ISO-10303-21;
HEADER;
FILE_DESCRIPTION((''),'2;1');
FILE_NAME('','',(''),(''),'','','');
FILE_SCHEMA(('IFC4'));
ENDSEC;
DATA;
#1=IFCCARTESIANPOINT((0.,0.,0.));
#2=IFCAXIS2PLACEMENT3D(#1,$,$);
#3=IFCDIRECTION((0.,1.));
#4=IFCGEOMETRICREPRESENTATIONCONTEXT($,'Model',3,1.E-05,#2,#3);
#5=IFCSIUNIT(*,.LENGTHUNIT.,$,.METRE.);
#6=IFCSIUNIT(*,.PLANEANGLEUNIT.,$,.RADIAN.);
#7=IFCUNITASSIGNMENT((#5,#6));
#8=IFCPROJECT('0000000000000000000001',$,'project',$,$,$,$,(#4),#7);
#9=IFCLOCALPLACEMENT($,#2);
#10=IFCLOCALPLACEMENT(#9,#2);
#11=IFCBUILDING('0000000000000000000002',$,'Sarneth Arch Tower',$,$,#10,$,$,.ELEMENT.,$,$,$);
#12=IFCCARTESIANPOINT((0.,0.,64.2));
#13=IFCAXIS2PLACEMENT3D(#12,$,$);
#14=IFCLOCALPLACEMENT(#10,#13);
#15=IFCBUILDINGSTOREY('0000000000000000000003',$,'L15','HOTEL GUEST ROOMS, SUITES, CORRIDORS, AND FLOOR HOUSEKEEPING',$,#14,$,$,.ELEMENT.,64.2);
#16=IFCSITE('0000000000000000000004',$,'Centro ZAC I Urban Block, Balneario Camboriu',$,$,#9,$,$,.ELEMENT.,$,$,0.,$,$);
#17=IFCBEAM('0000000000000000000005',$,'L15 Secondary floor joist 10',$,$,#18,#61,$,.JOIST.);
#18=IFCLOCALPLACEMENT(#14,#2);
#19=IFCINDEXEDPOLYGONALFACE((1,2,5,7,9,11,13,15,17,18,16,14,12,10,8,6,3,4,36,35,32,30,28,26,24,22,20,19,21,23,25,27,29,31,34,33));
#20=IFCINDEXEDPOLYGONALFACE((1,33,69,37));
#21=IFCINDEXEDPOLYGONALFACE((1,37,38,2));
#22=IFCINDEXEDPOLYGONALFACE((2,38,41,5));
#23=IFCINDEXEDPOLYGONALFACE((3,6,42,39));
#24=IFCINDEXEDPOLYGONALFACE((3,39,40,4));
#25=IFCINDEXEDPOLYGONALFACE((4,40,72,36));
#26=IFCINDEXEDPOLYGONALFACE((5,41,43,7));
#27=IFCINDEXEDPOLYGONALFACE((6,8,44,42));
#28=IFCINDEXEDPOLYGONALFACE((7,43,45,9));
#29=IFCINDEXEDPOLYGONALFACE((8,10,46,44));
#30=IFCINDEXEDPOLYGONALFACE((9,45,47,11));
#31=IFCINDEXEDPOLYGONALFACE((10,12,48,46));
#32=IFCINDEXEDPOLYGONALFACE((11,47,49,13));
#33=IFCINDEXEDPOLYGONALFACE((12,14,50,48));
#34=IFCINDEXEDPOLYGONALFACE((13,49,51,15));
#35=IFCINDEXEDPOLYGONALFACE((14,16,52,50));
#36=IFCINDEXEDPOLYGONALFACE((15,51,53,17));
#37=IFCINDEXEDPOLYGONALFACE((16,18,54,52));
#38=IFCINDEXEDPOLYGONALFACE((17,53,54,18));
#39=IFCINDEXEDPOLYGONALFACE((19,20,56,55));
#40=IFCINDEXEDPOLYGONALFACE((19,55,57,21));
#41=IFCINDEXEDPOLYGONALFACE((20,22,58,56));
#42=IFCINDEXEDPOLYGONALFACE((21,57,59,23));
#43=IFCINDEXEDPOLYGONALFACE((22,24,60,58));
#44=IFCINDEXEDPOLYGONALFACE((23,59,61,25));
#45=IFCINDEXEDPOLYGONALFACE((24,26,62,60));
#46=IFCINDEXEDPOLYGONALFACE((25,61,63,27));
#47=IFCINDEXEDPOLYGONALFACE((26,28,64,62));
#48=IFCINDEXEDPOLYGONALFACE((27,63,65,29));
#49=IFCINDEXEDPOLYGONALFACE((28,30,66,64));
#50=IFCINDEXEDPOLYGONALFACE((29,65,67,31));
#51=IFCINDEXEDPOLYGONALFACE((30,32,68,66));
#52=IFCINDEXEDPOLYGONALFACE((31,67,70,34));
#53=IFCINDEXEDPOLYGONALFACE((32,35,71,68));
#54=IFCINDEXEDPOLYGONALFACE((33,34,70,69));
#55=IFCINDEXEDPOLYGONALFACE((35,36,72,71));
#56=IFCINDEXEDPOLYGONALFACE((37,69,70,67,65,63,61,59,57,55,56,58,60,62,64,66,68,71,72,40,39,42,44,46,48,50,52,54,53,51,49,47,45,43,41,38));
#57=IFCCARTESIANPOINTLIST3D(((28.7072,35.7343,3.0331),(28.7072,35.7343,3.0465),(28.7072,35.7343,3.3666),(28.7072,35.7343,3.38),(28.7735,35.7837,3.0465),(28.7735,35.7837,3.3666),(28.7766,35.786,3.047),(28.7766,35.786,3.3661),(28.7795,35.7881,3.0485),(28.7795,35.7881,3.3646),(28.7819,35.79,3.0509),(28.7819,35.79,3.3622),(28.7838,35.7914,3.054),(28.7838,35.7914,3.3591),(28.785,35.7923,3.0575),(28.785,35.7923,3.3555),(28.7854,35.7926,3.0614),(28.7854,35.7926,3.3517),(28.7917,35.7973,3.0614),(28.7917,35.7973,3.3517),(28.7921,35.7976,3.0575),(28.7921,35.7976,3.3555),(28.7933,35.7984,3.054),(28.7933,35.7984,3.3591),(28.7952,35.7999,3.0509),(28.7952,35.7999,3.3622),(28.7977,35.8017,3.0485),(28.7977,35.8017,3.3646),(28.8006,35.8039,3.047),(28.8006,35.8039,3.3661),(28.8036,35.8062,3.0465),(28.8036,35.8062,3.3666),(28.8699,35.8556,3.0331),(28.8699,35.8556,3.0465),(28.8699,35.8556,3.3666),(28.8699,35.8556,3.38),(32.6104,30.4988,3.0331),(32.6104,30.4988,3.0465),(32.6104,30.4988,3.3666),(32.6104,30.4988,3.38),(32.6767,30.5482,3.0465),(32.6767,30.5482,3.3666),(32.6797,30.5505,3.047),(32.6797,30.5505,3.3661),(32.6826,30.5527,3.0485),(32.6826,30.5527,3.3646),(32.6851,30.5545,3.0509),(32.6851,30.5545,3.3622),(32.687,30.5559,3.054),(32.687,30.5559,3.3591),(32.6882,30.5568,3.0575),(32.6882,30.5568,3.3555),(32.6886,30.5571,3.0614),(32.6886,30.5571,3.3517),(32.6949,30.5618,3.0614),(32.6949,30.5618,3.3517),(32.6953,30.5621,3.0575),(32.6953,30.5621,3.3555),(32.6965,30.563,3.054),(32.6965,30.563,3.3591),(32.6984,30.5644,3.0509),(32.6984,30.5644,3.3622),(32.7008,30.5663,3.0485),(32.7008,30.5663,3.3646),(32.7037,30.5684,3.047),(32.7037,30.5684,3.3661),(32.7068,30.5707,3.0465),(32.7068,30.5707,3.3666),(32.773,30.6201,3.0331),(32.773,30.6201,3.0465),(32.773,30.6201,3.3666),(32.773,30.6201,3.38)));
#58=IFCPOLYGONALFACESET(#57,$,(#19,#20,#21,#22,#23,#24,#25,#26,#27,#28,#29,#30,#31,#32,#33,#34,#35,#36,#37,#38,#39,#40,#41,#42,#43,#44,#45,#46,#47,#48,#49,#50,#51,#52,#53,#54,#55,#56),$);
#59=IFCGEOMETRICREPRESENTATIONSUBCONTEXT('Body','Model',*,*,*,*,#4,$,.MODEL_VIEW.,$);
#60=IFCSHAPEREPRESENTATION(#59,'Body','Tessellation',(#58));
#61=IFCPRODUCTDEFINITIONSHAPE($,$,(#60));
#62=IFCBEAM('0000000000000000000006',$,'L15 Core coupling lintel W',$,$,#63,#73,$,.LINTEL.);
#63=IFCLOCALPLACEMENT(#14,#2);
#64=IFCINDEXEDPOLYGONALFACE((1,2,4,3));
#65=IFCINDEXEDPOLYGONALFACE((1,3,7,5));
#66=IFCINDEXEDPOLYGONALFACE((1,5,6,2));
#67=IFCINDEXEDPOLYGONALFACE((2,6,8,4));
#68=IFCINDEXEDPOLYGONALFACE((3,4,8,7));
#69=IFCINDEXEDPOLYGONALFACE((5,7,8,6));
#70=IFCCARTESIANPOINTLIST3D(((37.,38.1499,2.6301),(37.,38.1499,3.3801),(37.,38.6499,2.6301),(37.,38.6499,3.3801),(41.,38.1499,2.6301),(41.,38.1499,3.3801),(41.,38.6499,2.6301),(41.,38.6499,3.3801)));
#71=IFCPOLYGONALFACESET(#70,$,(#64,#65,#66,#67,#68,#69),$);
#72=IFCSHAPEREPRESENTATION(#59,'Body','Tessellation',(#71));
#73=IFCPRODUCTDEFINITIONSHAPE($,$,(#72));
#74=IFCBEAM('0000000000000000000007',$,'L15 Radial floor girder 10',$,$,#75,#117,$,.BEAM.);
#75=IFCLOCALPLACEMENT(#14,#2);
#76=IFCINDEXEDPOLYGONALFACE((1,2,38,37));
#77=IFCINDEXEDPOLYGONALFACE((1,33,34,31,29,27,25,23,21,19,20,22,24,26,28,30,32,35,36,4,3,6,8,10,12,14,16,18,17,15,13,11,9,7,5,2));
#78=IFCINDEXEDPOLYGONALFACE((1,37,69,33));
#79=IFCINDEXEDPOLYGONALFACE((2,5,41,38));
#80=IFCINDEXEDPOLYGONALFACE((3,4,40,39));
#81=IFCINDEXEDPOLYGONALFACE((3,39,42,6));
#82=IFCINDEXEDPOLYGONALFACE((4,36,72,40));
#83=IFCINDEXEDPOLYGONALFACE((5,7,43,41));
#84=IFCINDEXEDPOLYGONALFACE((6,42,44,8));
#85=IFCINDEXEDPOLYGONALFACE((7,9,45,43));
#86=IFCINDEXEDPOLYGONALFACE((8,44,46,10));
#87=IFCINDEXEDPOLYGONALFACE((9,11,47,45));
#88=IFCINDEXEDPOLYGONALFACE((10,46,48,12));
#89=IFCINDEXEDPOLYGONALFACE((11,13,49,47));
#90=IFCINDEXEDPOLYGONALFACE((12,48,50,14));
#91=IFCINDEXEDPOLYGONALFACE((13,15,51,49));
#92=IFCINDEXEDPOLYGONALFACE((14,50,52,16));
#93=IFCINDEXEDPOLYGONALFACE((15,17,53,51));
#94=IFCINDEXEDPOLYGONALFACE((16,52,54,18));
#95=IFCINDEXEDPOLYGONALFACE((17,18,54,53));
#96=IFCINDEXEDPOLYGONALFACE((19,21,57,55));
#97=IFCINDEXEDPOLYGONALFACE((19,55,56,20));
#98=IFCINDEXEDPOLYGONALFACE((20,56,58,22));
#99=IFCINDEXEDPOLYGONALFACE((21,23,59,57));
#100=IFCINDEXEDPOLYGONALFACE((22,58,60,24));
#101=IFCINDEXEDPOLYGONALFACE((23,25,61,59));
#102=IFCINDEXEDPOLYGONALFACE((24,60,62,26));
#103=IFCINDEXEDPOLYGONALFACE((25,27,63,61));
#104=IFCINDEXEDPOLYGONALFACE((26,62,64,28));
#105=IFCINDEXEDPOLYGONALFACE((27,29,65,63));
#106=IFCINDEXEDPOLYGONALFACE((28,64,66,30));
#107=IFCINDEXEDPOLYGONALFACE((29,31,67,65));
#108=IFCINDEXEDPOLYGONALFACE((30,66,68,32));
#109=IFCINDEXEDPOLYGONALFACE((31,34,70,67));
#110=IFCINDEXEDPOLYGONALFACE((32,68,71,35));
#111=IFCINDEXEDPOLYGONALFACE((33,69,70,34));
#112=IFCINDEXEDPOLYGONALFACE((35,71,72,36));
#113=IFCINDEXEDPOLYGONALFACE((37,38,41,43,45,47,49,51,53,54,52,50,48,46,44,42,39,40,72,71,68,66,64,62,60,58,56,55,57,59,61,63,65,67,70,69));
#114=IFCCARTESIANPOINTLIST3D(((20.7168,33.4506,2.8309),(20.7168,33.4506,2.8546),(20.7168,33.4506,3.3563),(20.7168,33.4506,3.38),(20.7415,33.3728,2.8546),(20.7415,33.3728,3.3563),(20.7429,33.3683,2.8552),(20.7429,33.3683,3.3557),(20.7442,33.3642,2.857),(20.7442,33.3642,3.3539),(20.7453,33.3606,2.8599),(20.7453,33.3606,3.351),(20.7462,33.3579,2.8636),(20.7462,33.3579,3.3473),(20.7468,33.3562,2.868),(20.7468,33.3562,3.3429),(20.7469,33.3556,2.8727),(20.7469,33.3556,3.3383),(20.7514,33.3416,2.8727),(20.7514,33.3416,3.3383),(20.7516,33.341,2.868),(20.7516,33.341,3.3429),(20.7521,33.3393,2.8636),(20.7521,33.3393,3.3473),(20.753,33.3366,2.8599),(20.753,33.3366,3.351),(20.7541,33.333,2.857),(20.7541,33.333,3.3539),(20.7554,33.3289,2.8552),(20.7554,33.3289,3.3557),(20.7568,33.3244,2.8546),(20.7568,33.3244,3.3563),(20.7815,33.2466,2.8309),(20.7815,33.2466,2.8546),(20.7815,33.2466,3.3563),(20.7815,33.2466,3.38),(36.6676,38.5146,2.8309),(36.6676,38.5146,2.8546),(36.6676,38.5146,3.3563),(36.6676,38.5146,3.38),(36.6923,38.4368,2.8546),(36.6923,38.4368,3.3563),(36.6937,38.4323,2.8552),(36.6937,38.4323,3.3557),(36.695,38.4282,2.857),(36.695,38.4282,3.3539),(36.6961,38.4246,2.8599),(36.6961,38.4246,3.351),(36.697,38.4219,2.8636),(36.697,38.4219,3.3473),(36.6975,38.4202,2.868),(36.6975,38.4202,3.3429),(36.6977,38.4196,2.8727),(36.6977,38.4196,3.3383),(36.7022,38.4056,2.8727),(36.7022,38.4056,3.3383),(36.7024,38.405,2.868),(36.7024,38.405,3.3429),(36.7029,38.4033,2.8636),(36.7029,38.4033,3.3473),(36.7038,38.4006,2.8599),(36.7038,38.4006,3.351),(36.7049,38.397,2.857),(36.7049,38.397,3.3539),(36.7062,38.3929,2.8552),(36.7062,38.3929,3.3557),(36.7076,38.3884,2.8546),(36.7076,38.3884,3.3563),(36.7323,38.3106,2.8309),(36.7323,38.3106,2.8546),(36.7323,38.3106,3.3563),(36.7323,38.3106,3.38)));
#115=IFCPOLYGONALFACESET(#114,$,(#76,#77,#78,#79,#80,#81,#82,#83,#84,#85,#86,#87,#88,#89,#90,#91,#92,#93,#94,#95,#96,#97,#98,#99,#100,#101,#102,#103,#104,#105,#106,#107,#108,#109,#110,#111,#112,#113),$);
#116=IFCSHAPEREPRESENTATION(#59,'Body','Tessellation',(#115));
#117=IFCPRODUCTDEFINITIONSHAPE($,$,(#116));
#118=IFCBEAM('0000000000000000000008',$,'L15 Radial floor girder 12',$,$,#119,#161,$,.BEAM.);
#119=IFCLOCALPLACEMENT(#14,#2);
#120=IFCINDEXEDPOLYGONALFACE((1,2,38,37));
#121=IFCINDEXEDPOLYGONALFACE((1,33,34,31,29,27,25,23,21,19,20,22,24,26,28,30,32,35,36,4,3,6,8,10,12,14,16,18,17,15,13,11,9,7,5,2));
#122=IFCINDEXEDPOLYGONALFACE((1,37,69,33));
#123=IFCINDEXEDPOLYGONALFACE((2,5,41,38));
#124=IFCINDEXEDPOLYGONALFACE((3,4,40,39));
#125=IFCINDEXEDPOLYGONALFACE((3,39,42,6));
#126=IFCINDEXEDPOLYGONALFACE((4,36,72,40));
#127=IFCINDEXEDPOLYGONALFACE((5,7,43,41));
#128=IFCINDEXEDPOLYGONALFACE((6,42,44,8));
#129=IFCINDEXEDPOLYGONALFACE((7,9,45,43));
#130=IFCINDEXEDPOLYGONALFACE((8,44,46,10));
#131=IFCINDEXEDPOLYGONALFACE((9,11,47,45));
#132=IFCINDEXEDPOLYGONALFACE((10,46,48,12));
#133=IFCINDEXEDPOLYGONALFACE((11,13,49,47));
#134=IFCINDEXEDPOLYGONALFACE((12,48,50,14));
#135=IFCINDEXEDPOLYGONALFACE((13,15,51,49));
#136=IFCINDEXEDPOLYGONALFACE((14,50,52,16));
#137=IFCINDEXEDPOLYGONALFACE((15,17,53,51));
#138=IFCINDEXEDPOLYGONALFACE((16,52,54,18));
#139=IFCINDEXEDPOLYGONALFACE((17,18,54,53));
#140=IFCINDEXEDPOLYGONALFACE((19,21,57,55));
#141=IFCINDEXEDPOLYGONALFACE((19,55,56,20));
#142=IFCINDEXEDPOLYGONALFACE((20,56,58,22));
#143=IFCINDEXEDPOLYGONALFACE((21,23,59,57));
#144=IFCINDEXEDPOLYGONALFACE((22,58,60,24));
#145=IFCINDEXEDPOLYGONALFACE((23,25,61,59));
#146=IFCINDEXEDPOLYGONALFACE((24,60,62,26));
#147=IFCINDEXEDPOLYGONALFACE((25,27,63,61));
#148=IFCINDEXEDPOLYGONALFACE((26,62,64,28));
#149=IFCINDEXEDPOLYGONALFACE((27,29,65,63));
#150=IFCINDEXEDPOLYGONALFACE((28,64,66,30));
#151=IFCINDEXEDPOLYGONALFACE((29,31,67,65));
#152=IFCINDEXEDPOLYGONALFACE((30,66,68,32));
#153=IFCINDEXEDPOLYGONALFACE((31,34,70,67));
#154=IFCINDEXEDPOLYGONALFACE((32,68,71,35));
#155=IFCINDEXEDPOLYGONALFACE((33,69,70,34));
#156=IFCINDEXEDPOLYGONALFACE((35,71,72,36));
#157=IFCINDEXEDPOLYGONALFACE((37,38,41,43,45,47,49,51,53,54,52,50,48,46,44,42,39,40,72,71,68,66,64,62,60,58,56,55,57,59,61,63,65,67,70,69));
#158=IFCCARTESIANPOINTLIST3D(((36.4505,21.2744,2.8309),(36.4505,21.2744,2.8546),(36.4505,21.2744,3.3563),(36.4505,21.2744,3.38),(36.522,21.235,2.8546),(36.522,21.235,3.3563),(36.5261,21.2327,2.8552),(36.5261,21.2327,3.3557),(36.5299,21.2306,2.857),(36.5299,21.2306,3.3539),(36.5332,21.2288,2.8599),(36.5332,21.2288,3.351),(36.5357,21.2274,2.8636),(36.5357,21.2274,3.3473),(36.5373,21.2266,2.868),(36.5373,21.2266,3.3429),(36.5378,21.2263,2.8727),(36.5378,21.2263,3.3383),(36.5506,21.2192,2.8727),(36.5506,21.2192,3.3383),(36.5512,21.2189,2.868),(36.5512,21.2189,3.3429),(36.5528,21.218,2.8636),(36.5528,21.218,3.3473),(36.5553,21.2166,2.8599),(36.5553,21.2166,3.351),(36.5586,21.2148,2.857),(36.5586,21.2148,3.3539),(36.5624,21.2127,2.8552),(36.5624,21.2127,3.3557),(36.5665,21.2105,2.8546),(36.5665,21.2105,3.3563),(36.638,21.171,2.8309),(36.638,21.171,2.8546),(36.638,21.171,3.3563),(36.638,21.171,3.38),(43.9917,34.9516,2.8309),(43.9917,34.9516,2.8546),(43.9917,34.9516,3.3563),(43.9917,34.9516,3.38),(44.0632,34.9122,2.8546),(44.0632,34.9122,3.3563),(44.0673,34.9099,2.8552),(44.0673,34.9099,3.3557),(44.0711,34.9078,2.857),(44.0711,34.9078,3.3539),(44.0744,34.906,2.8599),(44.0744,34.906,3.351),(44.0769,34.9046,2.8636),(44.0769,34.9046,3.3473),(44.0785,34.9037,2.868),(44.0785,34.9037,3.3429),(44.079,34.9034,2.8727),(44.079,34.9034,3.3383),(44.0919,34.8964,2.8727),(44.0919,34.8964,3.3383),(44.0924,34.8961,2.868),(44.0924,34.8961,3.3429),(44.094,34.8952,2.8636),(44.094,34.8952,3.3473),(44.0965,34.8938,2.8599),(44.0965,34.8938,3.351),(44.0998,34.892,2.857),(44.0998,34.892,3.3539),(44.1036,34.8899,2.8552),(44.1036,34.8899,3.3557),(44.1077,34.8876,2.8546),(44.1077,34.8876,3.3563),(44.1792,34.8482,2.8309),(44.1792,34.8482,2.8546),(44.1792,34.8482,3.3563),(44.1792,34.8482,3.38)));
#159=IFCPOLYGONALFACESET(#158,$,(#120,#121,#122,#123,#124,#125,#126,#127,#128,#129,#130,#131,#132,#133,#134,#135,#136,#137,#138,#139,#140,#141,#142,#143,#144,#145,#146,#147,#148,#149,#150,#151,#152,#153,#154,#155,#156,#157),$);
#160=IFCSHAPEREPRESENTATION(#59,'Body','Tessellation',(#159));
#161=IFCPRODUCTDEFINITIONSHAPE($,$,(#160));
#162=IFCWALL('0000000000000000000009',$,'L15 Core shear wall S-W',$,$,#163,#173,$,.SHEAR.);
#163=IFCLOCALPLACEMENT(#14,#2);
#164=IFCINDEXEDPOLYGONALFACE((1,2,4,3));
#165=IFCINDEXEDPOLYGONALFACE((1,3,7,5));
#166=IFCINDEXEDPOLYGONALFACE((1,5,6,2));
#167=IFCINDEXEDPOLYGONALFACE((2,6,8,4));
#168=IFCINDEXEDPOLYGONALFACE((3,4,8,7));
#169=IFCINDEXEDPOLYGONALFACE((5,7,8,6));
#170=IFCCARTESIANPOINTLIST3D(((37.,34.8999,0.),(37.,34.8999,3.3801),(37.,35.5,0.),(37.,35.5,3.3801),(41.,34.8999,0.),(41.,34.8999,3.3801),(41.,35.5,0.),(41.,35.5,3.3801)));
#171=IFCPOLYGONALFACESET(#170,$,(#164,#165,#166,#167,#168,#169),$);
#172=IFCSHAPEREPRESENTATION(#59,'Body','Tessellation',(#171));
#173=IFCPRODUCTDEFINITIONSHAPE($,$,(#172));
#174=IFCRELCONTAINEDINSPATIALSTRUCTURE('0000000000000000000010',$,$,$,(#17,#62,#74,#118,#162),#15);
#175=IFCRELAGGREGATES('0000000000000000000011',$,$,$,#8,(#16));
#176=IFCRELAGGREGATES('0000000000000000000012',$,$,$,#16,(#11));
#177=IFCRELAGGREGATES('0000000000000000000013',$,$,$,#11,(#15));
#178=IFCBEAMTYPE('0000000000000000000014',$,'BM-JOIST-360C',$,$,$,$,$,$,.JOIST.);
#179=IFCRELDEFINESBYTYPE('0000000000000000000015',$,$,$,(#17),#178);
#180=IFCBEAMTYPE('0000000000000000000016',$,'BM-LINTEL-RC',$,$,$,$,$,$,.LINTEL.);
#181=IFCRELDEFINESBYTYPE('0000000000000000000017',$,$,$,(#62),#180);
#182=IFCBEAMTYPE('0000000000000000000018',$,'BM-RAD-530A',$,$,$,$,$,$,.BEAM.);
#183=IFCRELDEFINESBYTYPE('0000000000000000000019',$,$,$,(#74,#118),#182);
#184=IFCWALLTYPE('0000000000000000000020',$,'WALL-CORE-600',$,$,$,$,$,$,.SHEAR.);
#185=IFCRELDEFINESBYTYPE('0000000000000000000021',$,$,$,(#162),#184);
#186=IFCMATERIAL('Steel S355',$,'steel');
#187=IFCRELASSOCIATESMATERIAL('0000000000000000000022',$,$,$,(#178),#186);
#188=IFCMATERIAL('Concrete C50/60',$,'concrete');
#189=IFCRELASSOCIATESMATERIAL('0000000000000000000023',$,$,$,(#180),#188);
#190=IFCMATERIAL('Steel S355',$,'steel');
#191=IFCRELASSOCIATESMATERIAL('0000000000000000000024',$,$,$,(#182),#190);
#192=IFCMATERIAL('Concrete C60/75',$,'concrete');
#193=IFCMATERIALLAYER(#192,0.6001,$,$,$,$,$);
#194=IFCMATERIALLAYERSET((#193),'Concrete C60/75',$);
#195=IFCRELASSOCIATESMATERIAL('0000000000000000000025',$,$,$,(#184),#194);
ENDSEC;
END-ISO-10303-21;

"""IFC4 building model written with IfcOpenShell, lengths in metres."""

from ifc_helpers import new_model, si_unit, direction, frame, frame_2d, origin, origin_2d, place, context, subcontext, project, spatial, rectangle, i_section, extrude, material, layer, layer_set, material_profile, profile_set, type_object, element, save


model = new_model("IFC4")

# Units and contexts
model_context = context("Model", 3, precision=1e-05, world=origin(), true_north=direction((0.0, 1.0)))
body_context = subcontext(model_context, "Body", "Model", "MODEL_VIEW")
ifc_project = project(units=[si_unit("LENGTHUNIT", "METRE"), si_unit("PLANEANGLEUNIT", "RADIAN")], contexts=[model_context])

# Site, building, storey
site_placement = place(None, origin())
site = spatial("IfcSite", under=ifc_project, at=site_placement, Name="Centro ZAC I Urban Block, Balneario Camboriu", CompositionType="ELEMENT", RefElevation=0.0)
building_placement = place(site_placement, origin())
building = spatial("IfcBuilding", under=site, at=building_placement, Name="Sarneth Arch Tower", CompositionType="ELEMENT")
storey_placement = place(building_placement, frame((0.0, 0.0, 64.2)))
storey = spatial("IfcBuildingStorey", under=building, at=storey_placement, Name="L15", Description="HOTEL GUEST ROOMS, SUITES, CORRIDORS, AND FLOOR HOUSEKEEPING", CompositionType="ELEMENT", Elevation=64.2)

# Beams
ifc_material_1 = material(Name="Steel S355", Category="steel")
ifc_material_profile_1 = material_profile(ifc_material_1, i_section(OverallWidth=0.2029, OverallDepth=0.3469, WebThickness=0.0078, FlangeThickness=0.0134, FilletRadius=0.0149, at=origin_2d()), Name="W360x64")
ifc_profile_set_1 = profile_set([ifc_material_profile_1], Name="Steel S355")
beam_type_1 = type_object("IfcBeamType", Name="BM-JOIST-360C", PredefinedType="JOIST", material=ifc_profile_set_1)
beam_1_placement = place(storey_placement, frame((28.7886, 35.7949, 3.2065), z_axis=(0.5977, -0.801719, 0.0), x_axis=(0.801719, 0.5977, 0.0)))
element("IfcBeam", 1, at=beam_1_placement, inside=storey, type_object=beam_type_1, Name="L15 Secondary floor joist 10", PredefinedType="JOIST", context=body_context, shape_type="SweptSolid", body=[
    extrude(i_section(OverallWidth=0.2029, OverallDepth=0.3469, WebThickness=0.0078, FlangeThickness=0.0134, FilletRadius=0.0149, at=origin_2d()), origin(), (0.0, 0.0, 1.0), 6.5303),
])
ifc_material_2 = material(Name="Concrete C50/60", Category="concrete")
ifc_material_profile_2 = material_profile(ifc_material_2, rectangle(XDim=0.5, YDim=0.75, at=origin_2d()), Name="RC-500x750")
ifc_profile_set_2 = profile_set([ifc_material_profile_2], Name="Concrete C50/60")
beam_type_2 = type_object("IfcBeamType", Name="BM-LINTEL-RC", PredefinedType="LINTEL", material=ifc_profile_set_2)
beam_2_placement = place(storey_placement, frame((37.0, 38.3999, 3.0051), z_axis=(1.0, 0.0, 0.0), x_axis=(0.0, 1.0, 0.0)))
element("IfcBeam", 2, at=beam_2_placement, inside=storey, type_object=beam_type_2, Name="L15 Core coupling lintel W", PredefinedType="LINTEL", context=body_context, shape_type="SweptSolid", body=[
    extrude(rectangle(XDim=0.5, YDim=0.75, at=origin_2d()), origin(), (0.0, 0.0, 1.0), 4.0),
])
ifc_material_3 = material(Name="Steel S355", Category="steel")
ifc_material_profile_3 = material_profile(ifc_material_3, i_section(OverallWidth=0.2141, OverallDepth=0.5491, WebThickness=0.0146, FlangeThickness=0.0237, FilletRadius=0.0181, at=origin_2d()), Name="W530x138")
ifc_profile_set_3 = profile_set([ifc_material_profile_3], Name="Steel S355")
beam_type_3 = type_object("IfcBeamType", Name="BM-RAD-530A", PredefinedType="BEAM", material=ifc_profile_set_3)
beam_3_placement = place(storey_placement, frame((36.7, 38.4126, 3.1055), z_axis=(-0.95312, -0.302593, 0.0), x_axis=(0.302593, -0.95312, 0.0)))
element("IfcBeam", 3, at=beam_3_placement, inside=storey, type_object=beam_type_3, Name="L15 Radial floor girder 10", PredefinedType="BEAM", context=body_context, shape_type="SweptSolid", body=[
    extrude(i_section(OverallWidth=0.2141, OverallDepth=0.5491, WebThickness=0.0146, FlangeThickness=0.0237, FilletRadius=0.0181, at=origin_2d()), origin(), (0.0, 0.0, 1.0), 16.7354),
])
beam_4_placement = place(storey_placement, frame((44.0854, 34.8999, 3.1055), z_axis=(-0.482841, -0.875708, 0.0), x_axis=(0.875708, -0.482841, 0.0)))
element("IfcBeam", 4, at=beam_4_placement, inside=storey, type_object=beam_type_3, Name="L15 Radial floor girder 12", PredefinedType="BEAM", context=body_context, shape_type="SweptSolid", body=[
    extrude(i_section(OverallWidth=0.2141, OverallDepth=0.5491, WebThickness=0.0146, FlangeThickness=0.0237, FilletRadius=0.0181, at=origin_2d()), origin(), (0.0, 0.0, 1.0), 15.6184),
])

# Wall
ifc_material_4 = material(Name="Concrete C60/75", Category="concrete")
ifc_layer_1 = layer(ifc_material_4, 0.6001)
ifc_layer_set_1 = layer_set([ifc_layer_1], Name="Concrete C60/75")
wall_type_1 = type_object("IfcWallType", Name="WALL-CORE-600", PredefinedType="SHEAR", material=ifc_layer_set_1)
wall_1_placement = place(storey_placement, frame((37.0, 35.2, 0.0), z_axis=(0.0, 0.0, 1.0), x_axis=(1.0, 0.0, 0.0)))
element("IfcWall", 5, at=wall_1_placement, inside=storey, type_object=wall_type_1, Name="L15 Core shear wall S-W", PredefinedType="SHEAR", context=body_context, shape_type="SweptSolid", body=[
    extrude(rectangle(XDim=4.0, YDim=0.6001, at=frame_2d((2.0, 0.0))), origin(), (0.0, 0.0, 1.0), 3.3801),
])

save(model, "model.ifc")
